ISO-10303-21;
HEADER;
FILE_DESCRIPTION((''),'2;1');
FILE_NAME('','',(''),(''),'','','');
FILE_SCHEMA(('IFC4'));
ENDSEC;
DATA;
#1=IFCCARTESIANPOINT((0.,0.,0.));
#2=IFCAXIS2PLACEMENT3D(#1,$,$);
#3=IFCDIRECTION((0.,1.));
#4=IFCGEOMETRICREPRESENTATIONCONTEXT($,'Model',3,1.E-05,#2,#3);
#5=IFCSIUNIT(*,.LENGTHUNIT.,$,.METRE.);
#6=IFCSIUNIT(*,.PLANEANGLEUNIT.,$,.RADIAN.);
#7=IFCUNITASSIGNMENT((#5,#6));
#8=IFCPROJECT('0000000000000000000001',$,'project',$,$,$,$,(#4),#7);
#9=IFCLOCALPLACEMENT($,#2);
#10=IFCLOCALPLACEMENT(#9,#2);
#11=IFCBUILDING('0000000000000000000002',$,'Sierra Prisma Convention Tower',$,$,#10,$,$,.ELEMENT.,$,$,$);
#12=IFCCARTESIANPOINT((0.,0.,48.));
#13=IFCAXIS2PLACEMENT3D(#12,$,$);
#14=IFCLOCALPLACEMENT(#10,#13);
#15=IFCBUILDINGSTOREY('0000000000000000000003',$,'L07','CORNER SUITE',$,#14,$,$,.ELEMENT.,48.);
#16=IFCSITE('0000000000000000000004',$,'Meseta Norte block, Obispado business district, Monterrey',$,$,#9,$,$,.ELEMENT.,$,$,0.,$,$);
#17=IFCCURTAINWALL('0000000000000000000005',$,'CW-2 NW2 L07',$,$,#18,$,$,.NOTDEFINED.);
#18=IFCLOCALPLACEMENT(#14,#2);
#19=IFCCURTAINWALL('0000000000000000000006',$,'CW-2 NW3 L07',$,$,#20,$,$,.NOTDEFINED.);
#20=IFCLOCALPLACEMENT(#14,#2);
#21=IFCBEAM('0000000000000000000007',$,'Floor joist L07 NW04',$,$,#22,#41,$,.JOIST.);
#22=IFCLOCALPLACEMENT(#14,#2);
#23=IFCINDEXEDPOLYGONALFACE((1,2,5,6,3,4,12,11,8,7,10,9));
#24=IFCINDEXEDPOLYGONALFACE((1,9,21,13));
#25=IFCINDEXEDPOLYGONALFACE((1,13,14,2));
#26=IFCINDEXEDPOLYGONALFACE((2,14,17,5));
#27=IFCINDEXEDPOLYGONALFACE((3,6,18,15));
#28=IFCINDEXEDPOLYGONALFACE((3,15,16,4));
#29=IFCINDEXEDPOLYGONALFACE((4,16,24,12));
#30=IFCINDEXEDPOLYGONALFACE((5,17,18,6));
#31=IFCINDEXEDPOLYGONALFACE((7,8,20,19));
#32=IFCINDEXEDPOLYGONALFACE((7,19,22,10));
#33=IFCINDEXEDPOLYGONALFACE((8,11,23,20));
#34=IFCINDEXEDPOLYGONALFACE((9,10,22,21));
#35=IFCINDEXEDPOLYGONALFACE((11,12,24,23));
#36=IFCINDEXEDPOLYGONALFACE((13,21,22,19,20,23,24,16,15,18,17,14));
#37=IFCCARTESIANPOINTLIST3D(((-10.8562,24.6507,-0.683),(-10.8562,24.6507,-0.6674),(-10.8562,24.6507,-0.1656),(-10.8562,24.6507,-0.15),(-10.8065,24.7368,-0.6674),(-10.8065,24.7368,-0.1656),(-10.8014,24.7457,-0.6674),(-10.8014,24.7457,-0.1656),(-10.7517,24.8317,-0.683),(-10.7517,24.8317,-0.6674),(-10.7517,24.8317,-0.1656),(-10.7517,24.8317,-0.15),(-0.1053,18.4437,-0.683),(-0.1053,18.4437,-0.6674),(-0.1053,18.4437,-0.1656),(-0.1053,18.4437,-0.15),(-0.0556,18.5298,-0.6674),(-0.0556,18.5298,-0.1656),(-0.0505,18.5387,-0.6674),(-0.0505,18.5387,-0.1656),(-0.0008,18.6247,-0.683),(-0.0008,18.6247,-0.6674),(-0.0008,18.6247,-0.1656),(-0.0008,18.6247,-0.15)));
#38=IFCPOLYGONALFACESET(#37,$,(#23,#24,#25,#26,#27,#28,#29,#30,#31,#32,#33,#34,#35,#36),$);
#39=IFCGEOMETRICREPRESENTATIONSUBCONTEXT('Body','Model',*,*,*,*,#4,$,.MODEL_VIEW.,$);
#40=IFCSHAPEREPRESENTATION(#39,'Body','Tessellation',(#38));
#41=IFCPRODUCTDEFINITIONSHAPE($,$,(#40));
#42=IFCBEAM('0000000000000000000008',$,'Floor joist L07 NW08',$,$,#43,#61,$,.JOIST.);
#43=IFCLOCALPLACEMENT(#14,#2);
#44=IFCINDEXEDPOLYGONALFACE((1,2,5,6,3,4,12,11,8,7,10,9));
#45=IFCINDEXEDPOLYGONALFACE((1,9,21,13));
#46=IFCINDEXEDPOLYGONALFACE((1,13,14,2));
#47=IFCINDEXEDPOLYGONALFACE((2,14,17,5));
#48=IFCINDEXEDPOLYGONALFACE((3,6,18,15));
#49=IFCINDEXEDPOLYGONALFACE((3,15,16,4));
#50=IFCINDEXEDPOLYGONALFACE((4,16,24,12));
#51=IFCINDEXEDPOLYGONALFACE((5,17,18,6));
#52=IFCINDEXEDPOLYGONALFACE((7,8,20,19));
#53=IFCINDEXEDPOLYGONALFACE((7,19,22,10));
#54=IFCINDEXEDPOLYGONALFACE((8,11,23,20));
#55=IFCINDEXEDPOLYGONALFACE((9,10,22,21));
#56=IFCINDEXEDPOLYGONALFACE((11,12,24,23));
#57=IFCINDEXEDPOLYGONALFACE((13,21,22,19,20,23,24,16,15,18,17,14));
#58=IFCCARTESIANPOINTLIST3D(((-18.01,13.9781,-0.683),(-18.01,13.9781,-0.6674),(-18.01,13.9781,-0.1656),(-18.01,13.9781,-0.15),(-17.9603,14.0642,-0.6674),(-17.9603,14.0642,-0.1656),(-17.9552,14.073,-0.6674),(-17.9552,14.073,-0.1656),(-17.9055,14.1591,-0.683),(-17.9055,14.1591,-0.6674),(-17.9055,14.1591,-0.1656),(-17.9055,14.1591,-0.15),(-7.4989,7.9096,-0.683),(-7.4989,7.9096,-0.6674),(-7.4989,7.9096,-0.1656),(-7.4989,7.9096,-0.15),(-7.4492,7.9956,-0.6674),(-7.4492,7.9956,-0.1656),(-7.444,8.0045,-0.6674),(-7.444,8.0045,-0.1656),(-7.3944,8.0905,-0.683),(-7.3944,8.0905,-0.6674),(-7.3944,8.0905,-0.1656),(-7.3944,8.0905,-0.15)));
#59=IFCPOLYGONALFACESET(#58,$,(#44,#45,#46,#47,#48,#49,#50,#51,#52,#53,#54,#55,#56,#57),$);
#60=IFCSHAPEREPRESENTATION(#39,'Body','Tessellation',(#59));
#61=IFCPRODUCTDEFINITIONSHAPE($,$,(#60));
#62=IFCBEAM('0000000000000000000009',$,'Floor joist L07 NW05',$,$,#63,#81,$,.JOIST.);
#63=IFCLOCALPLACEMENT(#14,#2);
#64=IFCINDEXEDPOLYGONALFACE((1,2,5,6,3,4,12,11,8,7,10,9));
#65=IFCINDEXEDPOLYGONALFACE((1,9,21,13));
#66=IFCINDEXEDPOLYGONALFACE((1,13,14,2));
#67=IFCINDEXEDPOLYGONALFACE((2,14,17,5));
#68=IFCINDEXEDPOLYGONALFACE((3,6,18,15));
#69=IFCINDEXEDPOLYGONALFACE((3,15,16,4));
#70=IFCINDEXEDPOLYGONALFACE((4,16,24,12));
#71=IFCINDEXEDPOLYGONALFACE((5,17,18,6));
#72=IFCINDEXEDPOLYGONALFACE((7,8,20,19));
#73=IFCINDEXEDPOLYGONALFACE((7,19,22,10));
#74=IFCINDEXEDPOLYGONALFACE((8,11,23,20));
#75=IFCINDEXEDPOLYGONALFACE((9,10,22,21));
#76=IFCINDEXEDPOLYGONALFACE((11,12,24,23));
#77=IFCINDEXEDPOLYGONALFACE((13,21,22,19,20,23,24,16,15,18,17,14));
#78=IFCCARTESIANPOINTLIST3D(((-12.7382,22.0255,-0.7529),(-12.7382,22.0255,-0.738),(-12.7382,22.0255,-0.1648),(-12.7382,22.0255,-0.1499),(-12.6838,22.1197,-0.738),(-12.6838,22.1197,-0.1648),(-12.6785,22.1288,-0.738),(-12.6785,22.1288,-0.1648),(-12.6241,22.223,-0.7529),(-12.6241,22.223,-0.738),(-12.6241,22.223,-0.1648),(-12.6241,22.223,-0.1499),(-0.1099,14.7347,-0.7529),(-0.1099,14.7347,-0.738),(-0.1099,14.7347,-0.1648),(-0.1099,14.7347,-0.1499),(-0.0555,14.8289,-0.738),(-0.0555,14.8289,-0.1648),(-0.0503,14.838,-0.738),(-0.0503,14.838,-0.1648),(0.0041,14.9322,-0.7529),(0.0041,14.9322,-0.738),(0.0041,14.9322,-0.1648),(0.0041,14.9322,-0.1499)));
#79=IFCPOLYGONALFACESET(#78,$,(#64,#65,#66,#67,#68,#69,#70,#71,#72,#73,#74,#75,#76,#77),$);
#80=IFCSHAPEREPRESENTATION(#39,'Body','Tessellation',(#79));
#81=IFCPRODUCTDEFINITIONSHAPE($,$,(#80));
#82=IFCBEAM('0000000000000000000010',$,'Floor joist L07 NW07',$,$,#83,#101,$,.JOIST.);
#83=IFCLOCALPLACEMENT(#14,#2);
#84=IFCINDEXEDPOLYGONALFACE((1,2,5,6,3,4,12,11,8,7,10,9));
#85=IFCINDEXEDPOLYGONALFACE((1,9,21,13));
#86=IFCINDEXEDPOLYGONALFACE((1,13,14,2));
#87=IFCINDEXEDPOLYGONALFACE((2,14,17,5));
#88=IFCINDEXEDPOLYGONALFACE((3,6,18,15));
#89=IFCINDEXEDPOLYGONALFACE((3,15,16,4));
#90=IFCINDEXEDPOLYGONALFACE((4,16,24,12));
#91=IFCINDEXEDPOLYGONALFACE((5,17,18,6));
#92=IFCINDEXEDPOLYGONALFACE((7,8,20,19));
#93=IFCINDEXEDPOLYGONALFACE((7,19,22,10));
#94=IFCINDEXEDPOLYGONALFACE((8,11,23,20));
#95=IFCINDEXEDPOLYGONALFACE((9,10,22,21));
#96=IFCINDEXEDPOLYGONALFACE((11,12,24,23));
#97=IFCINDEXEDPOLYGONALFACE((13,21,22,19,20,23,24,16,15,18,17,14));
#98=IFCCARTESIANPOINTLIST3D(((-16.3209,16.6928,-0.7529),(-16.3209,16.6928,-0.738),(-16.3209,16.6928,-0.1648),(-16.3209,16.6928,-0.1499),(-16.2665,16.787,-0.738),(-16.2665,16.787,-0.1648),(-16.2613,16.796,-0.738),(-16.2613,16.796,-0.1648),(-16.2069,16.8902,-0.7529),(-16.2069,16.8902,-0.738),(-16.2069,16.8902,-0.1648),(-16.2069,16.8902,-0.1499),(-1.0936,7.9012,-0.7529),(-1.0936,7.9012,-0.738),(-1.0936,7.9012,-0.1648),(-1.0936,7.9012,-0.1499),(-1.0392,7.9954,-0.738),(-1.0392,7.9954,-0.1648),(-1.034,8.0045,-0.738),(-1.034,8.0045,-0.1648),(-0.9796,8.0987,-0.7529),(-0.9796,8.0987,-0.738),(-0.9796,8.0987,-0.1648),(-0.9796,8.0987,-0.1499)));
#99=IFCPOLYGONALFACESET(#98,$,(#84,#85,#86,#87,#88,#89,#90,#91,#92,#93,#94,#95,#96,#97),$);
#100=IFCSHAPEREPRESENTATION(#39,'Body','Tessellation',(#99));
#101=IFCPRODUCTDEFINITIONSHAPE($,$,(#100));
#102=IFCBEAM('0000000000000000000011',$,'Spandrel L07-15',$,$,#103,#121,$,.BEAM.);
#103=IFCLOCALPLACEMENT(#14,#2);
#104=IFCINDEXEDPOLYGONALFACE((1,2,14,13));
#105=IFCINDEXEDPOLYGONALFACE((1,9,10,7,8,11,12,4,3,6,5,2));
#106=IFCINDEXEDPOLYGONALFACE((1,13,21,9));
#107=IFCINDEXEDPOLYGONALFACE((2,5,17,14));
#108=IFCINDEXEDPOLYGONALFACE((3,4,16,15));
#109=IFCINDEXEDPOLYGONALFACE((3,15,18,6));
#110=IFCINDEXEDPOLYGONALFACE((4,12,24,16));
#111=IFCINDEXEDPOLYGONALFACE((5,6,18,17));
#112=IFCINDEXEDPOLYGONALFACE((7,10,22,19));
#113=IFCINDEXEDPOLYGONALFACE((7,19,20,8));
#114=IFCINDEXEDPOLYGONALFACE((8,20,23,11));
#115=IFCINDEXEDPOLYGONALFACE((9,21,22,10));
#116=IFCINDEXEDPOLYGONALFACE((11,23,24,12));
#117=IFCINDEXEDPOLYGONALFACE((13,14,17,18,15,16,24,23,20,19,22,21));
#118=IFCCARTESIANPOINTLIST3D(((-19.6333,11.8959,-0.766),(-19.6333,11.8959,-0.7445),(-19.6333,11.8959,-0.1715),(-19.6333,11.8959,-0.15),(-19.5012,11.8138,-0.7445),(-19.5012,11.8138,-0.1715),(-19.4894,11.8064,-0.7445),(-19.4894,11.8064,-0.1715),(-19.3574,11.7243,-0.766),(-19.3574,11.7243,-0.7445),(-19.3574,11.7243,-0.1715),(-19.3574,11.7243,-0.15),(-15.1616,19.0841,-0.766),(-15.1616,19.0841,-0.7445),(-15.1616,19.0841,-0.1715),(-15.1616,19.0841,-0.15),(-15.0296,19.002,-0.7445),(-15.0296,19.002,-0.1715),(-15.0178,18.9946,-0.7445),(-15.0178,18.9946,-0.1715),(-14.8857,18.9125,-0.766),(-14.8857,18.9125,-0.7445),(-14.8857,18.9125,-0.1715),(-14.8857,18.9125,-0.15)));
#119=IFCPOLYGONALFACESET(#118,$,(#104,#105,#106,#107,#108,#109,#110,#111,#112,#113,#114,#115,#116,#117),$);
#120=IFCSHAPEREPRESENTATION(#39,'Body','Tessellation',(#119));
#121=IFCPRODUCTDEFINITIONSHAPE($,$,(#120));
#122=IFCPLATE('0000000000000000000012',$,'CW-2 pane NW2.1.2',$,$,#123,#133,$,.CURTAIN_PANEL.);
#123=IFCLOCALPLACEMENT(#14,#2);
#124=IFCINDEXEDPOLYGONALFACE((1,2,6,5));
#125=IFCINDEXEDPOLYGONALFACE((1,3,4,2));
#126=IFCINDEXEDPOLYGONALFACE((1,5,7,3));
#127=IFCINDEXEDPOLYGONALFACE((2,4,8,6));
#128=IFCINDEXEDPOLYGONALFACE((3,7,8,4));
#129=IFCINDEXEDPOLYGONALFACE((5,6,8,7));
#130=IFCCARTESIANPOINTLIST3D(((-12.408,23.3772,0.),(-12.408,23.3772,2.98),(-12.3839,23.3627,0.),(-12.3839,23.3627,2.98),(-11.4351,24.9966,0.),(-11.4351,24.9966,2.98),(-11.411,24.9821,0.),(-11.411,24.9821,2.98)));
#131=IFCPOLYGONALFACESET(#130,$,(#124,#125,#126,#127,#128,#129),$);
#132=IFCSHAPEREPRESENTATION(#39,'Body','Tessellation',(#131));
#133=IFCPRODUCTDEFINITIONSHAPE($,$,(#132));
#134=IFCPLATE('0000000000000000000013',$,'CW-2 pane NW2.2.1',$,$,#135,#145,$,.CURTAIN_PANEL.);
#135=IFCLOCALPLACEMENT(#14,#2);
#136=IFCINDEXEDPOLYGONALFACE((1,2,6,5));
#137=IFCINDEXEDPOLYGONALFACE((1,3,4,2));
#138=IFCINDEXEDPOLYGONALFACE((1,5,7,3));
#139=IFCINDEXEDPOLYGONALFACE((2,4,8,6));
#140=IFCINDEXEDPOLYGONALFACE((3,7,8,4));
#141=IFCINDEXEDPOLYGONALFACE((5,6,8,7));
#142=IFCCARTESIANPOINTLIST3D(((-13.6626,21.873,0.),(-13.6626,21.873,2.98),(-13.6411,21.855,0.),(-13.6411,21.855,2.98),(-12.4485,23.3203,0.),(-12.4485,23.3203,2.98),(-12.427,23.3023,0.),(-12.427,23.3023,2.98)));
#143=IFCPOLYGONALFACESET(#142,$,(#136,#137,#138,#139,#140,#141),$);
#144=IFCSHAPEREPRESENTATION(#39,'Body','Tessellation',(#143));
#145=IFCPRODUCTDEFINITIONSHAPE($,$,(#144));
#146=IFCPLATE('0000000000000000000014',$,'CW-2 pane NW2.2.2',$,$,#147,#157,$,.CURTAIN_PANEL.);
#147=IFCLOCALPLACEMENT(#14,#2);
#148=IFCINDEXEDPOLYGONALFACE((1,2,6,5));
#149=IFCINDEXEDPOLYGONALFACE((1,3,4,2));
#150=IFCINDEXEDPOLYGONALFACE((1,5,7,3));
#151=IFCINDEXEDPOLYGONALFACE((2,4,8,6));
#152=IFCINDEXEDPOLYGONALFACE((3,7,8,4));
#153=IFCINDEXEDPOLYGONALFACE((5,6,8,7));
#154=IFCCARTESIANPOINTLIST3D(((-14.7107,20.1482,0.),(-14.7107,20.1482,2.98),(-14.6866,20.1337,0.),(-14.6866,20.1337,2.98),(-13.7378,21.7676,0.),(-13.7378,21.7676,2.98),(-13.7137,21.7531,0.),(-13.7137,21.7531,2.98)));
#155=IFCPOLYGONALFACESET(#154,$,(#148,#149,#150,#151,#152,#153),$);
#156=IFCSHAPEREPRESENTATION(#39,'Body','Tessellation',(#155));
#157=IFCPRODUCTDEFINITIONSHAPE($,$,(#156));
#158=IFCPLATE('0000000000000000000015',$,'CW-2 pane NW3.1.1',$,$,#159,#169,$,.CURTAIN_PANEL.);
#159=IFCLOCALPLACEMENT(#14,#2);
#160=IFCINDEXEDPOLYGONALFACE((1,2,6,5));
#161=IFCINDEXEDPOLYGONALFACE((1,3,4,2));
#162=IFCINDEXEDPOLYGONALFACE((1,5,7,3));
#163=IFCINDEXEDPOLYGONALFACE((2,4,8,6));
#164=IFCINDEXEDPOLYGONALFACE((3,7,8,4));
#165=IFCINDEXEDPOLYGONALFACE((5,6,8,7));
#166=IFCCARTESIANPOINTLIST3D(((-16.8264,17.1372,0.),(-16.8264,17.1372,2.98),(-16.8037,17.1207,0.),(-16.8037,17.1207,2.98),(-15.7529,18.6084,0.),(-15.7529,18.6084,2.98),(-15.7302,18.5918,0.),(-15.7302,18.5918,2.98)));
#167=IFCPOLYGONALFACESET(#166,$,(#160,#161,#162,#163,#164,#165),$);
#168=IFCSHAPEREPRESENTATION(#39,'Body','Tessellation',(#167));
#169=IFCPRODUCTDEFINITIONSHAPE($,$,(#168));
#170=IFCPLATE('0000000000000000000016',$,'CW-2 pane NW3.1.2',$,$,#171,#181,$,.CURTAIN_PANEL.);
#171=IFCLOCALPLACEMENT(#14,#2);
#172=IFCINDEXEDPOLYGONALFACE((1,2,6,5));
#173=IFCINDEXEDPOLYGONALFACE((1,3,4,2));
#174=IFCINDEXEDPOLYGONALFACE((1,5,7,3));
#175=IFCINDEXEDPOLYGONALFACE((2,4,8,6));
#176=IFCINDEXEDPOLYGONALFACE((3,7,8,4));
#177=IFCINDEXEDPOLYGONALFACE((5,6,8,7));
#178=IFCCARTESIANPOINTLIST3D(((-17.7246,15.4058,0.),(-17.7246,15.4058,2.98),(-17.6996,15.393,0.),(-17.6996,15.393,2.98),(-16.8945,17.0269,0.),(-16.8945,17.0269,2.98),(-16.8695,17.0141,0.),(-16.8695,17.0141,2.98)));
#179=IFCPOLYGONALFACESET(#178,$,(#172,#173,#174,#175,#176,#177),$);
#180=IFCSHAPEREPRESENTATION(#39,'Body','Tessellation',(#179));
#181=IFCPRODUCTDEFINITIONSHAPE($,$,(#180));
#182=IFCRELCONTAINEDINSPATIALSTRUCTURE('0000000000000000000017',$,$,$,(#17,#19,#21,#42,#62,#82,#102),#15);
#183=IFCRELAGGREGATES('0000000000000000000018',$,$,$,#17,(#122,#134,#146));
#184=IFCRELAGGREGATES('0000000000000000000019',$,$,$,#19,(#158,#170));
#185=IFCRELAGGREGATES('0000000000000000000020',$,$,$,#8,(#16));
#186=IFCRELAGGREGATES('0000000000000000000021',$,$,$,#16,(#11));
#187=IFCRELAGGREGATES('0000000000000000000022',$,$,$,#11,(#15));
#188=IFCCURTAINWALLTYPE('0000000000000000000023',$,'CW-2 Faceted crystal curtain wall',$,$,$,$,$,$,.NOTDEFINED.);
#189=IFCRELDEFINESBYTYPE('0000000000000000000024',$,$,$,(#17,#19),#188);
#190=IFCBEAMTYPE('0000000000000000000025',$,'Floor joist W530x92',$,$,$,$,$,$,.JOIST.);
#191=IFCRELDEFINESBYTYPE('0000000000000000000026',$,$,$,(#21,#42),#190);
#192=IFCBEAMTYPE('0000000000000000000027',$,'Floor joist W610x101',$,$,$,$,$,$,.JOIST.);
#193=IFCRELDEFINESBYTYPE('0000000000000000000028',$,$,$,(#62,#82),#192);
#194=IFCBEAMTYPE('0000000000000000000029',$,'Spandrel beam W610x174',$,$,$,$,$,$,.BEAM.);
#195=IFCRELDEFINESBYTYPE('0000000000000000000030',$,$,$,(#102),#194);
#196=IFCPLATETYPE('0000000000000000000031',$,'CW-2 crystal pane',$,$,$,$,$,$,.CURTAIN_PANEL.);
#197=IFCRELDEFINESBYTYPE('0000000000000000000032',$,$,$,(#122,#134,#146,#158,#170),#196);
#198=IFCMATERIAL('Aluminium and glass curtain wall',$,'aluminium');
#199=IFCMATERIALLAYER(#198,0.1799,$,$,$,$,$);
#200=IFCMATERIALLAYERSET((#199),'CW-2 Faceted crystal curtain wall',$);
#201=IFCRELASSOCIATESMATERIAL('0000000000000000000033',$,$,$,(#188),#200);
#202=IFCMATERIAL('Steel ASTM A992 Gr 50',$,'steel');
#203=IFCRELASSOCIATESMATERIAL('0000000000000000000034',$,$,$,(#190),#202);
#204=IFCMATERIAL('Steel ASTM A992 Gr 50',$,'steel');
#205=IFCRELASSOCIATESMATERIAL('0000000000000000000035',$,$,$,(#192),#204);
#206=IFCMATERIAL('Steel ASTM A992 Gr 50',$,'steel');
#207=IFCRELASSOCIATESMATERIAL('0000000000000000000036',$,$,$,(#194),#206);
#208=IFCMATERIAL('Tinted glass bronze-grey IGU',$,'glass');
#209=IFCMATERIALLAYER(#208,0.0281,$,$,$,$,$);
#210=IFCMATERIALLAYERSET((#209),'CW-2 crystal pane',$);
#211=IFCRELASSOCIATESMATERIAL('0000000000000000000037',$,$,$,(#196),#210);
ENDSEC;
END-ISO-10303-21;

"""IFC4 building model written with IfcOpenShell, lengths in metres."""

from ifc_helpers import new_model, si_unit, direction, frame, origin, origin_2d, place, context, subcontext, project, spatial, polyline, i_section, outline, extrude, material, layer, layer_set, material_profile, profile_set, type_object, element, aggregate, save


model = new_model("IFC4")

# Units and contexts
model_context = context("Model", 3, precision=1e-05, world=origin(), true_north=direction((0.0, 1.0)))
body_context = subcontext(model_context, "Body", "Model", "MODEL_VIEW")
ifc_project = project(units=[si_unit("LENGTHUNIT", "METRE"), si_unit("PLANEANGLEUNIT", "RADIAN")], contexts=[model_context])

# Site, building, storey
site_placement = place(None, origin())
site = spatial("IfcSite", under=ifc_project, at=site_placement, Name="Meseta Norte block, Obispado business district, Monterrey", CompositionType="ELEMENT", RefElevation=0.0)
building_placement = place(site_placement, origin())
building = spatial("IfcBuilding", under=site, at=building_placement, Name="Sierra Prisma Convention Tower", CompositionType="ELEMENT")
storey_placement = place(building_placement, frame((0.0, 0.0, 48.0)))
storey = spatial("IfcBuildingStorey", under=building, at=storey_placement, Name="L07", Description="CORNER SUITE", CompositionType="ELEMENT", Elevation=48.0)

# Curtain walls
ifc_material_1 = material(Name="Aluminium and glass curtain wall", Category="aluminium")
ifc_layer_1 = layer(ifc_material_1, 0.1799)
ifc_layer_set_1 = layer_set([ifc_layer_1], Name="CW-2 Faceted crystal curtain wall")
curtain_wall_type = type_object("IfcCurtainWallType", Name="CW-2 Faceted crystal curtain wall", PredefinedType="NOTDEFINED", material=ifc_layer_set_1)
curtain_wall_1_placement = place(storey_placement, origin())
curtain_wall_1 = element("IfcCurtainWall", 1, at=curtain_wall_1_placement, inside=storey, type_object=curtain_wall_type, Name="CW-2 NW2 L07", PredefinedType="NOTDEFINED")
curtain_wall_2_placement = place(storey_placement, origin())
curtain_wall_2 = element("IfcCurtainWall", 2, at=curtain_wall_2_placement, inside=storey, type_object=curtain_wall_type, Name="CW-2 NW3 L07", PredefinedType="NOTDEFINED")

# Beams
ifc_material_2 = material(Name="Steel ASTM A992 Gr 50", Category="steel")
ifc_material_profile_1 = material_profile(ifc_material_2, i_section(OverallWidth=0.209, OverallDepth=0.533, WebThickness=0.0103, FlangeThickness=0.0156, at=origin_2d()), Name="W530x92")
ifc_profile_set_1 = profile_set([ifc_material_profile_1], Name="Steel ASTM A992 Gr 50")
beam_type_1 = type_object("IfcBeamType", Name="Floor joist W530x92", PredefinedType="JOIST", material=ifc_profile_set_1)
beam_1_placement = place(storey_placement, frame((-10.804, 24.7412, -0.4165), z_axis=(0.866027, -0.499997, 0.0), x_axis=(0.499997, 0.866027, 0.0)))
element("IfcBeam", 3, at=beam_1_placement, inside=storey, type_object=beam_type_1, Name="Floor joist L07 NW04", PredefinedType="JOIST", context=body_context, shape_type="SweptSolid", body=[
    extrude(i_section(OverallWidth=0.209, OverallDepth=0.533, WebThickness=0.0103, FlangeThickness=0.0156, at=origin_2d()), origin(), (0.0, 0.0, 1.0), 12.4141),
])
beam_2_placement = place(storey_placement, frame((-17.9578, 14.0686, -0.4165), z_axis=(0.866027, -0.499996, 0.0), x_axis=(0.499996, 0.866027, 0.0)))
element("IfcBeam", 4, at=beam_2_placement, inside=storey, type_object=beam_type_1, Name="Floor joist L07 NW08", PredefinedType="JOIST", context=body_context, shape_type="SweptSolid", body=[
    extrude(i_section(OverallWidth=0.209, OverallDepth=0.533, WebThickness=0.0103, FlangeThickness=0.0156, at=origin_2d()), origin(), (0.0, 0.0, 1.0), 12.1372),
])
ifc_material_3 = material(Name="Steel ASTM A992 Gr 50", Category="steel")
ifc_material_profile_2 = material_profile(ifc_material_3, i_section(OverallWidth=0.228, OverallDepth=0.603, WebThickness=0.0105, FlangeThickness=0.0149, at=origin_2d()), Name="W610x101")
ifc_profile_set_2 = profile_set([ifc_material_profile_2], Name="Steel ASTM A992 Gr 50")
beam_type_2 = type_object("IfcBeamType", Name="Floor joist W610x101", PredefinedType="JOIST", material=ifc_profile_set_2)
beam_3_placement = place(storey_placement, frame((-12.6812, 22.1243, -0.4514), z_axis=(0.866029, -0.499994, 0.0), x_axis=(0.499994, 0.866029, 0.0)))
element("IfcBeam", 5, at=beam_3_placement, inside=storey, type_object=beam_type_2, Name="Floor joist L07 NW05", PredefinedType="JOIST", context=body_context, shape_type="SweptSolid", body=[
    extrude(i_section(OverallWidth=0.228, OverallDepth=0.603, WebThickness=0.0105, FlangeThickness=0.0149, at=origin_2d()), origin(), (0.0, 0.0, 1.0), 14.5818),
])
beam_4_placement = place(storey_placement, frame((-16.2639, 16.7915, -0.4514), z_axis=(0.866025, -0.500001, 0.0), x_axis=(0.500001, 0.866025, 0.0)))
element("IfcBeam", 6, at=beam_4_placement, inside=storey, type_object=beam_type_2, Name="Floor joist L07 NW07", PredefinedType="JOIST", context=body_context, shape_type="SweptSolid", body=[
    extrude(i_section(OverallWidth=0.228, OverallDepth=0.603, WebThickness=0.0105, FlangeThickness=0.0149, at=origin_2d()), origin(), (0.0, 0.0, 1.0), 17.583),
])
ifc_material_4 = material(Name="Steel ASTM A992 Gr 50", Category="steel")
ifc_material_profile_3 = material_profile(ifc_material_4, i_section(OverallWidth=0.325, OverallDepth=0.616, WebThickness=0.0139, FlangeThickness=0.0215, at=origin_2d()), Name="W610x174")
ifc_profile_set_3 = profile_set([ifc_material_profile_3], Name="Steel ASTM A992 Gr 50")
beam_type_3 = type_object("IfcBeamType", Name="Spandrel beam W610x174", PredefinedType="BEAM", material=ifc_profile_set_3)
beam_5_placement = place(storey_placement, frame((-15.0237, 18.9983, -0.458), z_axis=(-0.528217, -0.849109, 0.0), x_axis=(0.849109, -0.528217, 0.0)))
element("IfcBeam", 7, at=beam_5_placement, inside=storey, type_object=beam_type_3, Name="Spandrel L07-15", PredefinedType="BEAM", context=body_context, shape_type="SweptSolid", body=[
    extrude(i_section(OverallWidth=0.325, OverallDepth=0.616, WebThickness=0.0139, FlangeThickness=0.0215, at=origin_2d()), origin(), (0.0, 0.0, 1.0), 8.4656),
])

# Plates
ifc_material_5 = material(Name="Tinted glass bronze-grey IGU", Category="glass")
ifc_layer_2 = layer(ifc_material_5, 0.0281)
ifc_layer_set_2 = layer_set([ifc_layer_2], Name="CW-2 crystal pane")
plate_type = type_object("IfcPlateType", Name="CW-2 crystal pane", PredefinedType="CURTAIN_PANEL", material=ifc_layer_set_2)
plate_1_placement = place(storey_placement, frame((-12.408, 23.3772, 0.0), z_axis=(-0.857196, 0.51499, 0.0), x_axis=(0.51499, 0.857196, 0.0)))
plate_1 = element("IfcPlate", 8, at=plate_1_placement, type_object=plate_type, Name="CW-2 pane NW2.1.2", PredefinedType="CURTAIN_PANEL", context=body_context, shape_type="SweptSolid", body=[
    extrude(outline(polyline([(0.0, 0.0), (1.8892, 0.0), (1.8892, -2.98), (0.0, -2.98), (0.0, 0.0)])), origin(), (0.0, 0.0, -1.0), 0.0281),
])
plate_2_placement = place(storey_placement, frame((-12.4485, 23.3203, 0.0), z_axis=(-0.76612, 0.642698, 0.0), x_axis=(-0.642698, -0.76612, 0.0)))
plate_2 = element("IfcPlate", 9, at=plate_2_placement, type_object=plate_type, Name="CW-2 pane NW2.2.1", PredefinedType="CURTAIN_PANEL", context=body_context, shape_type="SweptSolid", body=[
    extrude(outline(polyline([(0.0, 0.0), (1.8891, 0.0), (1.8891, 2.98), (0.0, 2.98), (0.0, 0.0)])), origin(), (0.0, 0.0, -1.0), 0.0281),
])
plate_3_placement = place(storey_placement, frame((-14.7107, 20.1482, 0.0), z_axis=(-0.857196, 0.51499, 0.0), x_axis=(0.51499, 0.857196, 0.0)))
plate_3 = element("IfcPlate", 10, at=plate_3_placement, type_object=plate_type, Name="CW-2 pane NW2.2.2", PredefinedType="CURTAIN_PANEL", context=body_context, shape_type="SweptSolid", body=[
    extrude(outline(polyline([(0.0, 0.0), (1.8892, 0.0), (1.8892, -2.98), (0.0, -2.98), (0.0, 0.0)])), origin(), (0.0, 0.0, -1.0), 0.0281),
])
aggregate(curtain_wall_1, [plate_1, plate_2, plate_3])
plate_4_placement = place(storey_placement, frame((-15.7529, 18.6084, 0.0), z_axis=(-0.807813, 0.589438, 0.0), x_axis=(-0.589438, -0.807813, 0.0)))
plate_4 = element("IfcPlate", 11, at=plate_4_placement, type_object=plate_type, Name="CW-2 pane NW3.1.1", PredefinedType="CURTAIN_PANEL", context=body_context, shape_type="SweptSolid", body=[
    extrude(outline(polyline([(0.0, 0.0), (1.8212, 0.0), (1.8212, 2.98), (0.0, 2.98), (0.0, 0.0)])), origin(), (0.0, 0.0, -1.0), 0.0281),
])
plate_5_placement = place(storey_placement, frame((-17.7246, 15.4058, 0.0), z_axis=(-0.890096, 0.455772, 0.0), x_axis=(0.455772, 0.890096, 0.0)))
plate_5 = element("IfcPlate", 12, at=plate_5_placement, type_object=plate_type, Name="CW-2 pane NW3.1.2", PredefinedType="CURTAIN_PANEL", context=body_context, shape_type="SweptSolid", body=[
    extrude(outline(polyline([(0.0, 0.0), (1.8213, 0.0), (1.8213, -2.98), (0.0, -2.98), (0.0, 0.0)])), origin(), (0.0, 0.0, -1.0), 0.0281),
])
aggregate(curtain_wall_2, [plate_4, plate_5])

save(model, "model.ifc")
